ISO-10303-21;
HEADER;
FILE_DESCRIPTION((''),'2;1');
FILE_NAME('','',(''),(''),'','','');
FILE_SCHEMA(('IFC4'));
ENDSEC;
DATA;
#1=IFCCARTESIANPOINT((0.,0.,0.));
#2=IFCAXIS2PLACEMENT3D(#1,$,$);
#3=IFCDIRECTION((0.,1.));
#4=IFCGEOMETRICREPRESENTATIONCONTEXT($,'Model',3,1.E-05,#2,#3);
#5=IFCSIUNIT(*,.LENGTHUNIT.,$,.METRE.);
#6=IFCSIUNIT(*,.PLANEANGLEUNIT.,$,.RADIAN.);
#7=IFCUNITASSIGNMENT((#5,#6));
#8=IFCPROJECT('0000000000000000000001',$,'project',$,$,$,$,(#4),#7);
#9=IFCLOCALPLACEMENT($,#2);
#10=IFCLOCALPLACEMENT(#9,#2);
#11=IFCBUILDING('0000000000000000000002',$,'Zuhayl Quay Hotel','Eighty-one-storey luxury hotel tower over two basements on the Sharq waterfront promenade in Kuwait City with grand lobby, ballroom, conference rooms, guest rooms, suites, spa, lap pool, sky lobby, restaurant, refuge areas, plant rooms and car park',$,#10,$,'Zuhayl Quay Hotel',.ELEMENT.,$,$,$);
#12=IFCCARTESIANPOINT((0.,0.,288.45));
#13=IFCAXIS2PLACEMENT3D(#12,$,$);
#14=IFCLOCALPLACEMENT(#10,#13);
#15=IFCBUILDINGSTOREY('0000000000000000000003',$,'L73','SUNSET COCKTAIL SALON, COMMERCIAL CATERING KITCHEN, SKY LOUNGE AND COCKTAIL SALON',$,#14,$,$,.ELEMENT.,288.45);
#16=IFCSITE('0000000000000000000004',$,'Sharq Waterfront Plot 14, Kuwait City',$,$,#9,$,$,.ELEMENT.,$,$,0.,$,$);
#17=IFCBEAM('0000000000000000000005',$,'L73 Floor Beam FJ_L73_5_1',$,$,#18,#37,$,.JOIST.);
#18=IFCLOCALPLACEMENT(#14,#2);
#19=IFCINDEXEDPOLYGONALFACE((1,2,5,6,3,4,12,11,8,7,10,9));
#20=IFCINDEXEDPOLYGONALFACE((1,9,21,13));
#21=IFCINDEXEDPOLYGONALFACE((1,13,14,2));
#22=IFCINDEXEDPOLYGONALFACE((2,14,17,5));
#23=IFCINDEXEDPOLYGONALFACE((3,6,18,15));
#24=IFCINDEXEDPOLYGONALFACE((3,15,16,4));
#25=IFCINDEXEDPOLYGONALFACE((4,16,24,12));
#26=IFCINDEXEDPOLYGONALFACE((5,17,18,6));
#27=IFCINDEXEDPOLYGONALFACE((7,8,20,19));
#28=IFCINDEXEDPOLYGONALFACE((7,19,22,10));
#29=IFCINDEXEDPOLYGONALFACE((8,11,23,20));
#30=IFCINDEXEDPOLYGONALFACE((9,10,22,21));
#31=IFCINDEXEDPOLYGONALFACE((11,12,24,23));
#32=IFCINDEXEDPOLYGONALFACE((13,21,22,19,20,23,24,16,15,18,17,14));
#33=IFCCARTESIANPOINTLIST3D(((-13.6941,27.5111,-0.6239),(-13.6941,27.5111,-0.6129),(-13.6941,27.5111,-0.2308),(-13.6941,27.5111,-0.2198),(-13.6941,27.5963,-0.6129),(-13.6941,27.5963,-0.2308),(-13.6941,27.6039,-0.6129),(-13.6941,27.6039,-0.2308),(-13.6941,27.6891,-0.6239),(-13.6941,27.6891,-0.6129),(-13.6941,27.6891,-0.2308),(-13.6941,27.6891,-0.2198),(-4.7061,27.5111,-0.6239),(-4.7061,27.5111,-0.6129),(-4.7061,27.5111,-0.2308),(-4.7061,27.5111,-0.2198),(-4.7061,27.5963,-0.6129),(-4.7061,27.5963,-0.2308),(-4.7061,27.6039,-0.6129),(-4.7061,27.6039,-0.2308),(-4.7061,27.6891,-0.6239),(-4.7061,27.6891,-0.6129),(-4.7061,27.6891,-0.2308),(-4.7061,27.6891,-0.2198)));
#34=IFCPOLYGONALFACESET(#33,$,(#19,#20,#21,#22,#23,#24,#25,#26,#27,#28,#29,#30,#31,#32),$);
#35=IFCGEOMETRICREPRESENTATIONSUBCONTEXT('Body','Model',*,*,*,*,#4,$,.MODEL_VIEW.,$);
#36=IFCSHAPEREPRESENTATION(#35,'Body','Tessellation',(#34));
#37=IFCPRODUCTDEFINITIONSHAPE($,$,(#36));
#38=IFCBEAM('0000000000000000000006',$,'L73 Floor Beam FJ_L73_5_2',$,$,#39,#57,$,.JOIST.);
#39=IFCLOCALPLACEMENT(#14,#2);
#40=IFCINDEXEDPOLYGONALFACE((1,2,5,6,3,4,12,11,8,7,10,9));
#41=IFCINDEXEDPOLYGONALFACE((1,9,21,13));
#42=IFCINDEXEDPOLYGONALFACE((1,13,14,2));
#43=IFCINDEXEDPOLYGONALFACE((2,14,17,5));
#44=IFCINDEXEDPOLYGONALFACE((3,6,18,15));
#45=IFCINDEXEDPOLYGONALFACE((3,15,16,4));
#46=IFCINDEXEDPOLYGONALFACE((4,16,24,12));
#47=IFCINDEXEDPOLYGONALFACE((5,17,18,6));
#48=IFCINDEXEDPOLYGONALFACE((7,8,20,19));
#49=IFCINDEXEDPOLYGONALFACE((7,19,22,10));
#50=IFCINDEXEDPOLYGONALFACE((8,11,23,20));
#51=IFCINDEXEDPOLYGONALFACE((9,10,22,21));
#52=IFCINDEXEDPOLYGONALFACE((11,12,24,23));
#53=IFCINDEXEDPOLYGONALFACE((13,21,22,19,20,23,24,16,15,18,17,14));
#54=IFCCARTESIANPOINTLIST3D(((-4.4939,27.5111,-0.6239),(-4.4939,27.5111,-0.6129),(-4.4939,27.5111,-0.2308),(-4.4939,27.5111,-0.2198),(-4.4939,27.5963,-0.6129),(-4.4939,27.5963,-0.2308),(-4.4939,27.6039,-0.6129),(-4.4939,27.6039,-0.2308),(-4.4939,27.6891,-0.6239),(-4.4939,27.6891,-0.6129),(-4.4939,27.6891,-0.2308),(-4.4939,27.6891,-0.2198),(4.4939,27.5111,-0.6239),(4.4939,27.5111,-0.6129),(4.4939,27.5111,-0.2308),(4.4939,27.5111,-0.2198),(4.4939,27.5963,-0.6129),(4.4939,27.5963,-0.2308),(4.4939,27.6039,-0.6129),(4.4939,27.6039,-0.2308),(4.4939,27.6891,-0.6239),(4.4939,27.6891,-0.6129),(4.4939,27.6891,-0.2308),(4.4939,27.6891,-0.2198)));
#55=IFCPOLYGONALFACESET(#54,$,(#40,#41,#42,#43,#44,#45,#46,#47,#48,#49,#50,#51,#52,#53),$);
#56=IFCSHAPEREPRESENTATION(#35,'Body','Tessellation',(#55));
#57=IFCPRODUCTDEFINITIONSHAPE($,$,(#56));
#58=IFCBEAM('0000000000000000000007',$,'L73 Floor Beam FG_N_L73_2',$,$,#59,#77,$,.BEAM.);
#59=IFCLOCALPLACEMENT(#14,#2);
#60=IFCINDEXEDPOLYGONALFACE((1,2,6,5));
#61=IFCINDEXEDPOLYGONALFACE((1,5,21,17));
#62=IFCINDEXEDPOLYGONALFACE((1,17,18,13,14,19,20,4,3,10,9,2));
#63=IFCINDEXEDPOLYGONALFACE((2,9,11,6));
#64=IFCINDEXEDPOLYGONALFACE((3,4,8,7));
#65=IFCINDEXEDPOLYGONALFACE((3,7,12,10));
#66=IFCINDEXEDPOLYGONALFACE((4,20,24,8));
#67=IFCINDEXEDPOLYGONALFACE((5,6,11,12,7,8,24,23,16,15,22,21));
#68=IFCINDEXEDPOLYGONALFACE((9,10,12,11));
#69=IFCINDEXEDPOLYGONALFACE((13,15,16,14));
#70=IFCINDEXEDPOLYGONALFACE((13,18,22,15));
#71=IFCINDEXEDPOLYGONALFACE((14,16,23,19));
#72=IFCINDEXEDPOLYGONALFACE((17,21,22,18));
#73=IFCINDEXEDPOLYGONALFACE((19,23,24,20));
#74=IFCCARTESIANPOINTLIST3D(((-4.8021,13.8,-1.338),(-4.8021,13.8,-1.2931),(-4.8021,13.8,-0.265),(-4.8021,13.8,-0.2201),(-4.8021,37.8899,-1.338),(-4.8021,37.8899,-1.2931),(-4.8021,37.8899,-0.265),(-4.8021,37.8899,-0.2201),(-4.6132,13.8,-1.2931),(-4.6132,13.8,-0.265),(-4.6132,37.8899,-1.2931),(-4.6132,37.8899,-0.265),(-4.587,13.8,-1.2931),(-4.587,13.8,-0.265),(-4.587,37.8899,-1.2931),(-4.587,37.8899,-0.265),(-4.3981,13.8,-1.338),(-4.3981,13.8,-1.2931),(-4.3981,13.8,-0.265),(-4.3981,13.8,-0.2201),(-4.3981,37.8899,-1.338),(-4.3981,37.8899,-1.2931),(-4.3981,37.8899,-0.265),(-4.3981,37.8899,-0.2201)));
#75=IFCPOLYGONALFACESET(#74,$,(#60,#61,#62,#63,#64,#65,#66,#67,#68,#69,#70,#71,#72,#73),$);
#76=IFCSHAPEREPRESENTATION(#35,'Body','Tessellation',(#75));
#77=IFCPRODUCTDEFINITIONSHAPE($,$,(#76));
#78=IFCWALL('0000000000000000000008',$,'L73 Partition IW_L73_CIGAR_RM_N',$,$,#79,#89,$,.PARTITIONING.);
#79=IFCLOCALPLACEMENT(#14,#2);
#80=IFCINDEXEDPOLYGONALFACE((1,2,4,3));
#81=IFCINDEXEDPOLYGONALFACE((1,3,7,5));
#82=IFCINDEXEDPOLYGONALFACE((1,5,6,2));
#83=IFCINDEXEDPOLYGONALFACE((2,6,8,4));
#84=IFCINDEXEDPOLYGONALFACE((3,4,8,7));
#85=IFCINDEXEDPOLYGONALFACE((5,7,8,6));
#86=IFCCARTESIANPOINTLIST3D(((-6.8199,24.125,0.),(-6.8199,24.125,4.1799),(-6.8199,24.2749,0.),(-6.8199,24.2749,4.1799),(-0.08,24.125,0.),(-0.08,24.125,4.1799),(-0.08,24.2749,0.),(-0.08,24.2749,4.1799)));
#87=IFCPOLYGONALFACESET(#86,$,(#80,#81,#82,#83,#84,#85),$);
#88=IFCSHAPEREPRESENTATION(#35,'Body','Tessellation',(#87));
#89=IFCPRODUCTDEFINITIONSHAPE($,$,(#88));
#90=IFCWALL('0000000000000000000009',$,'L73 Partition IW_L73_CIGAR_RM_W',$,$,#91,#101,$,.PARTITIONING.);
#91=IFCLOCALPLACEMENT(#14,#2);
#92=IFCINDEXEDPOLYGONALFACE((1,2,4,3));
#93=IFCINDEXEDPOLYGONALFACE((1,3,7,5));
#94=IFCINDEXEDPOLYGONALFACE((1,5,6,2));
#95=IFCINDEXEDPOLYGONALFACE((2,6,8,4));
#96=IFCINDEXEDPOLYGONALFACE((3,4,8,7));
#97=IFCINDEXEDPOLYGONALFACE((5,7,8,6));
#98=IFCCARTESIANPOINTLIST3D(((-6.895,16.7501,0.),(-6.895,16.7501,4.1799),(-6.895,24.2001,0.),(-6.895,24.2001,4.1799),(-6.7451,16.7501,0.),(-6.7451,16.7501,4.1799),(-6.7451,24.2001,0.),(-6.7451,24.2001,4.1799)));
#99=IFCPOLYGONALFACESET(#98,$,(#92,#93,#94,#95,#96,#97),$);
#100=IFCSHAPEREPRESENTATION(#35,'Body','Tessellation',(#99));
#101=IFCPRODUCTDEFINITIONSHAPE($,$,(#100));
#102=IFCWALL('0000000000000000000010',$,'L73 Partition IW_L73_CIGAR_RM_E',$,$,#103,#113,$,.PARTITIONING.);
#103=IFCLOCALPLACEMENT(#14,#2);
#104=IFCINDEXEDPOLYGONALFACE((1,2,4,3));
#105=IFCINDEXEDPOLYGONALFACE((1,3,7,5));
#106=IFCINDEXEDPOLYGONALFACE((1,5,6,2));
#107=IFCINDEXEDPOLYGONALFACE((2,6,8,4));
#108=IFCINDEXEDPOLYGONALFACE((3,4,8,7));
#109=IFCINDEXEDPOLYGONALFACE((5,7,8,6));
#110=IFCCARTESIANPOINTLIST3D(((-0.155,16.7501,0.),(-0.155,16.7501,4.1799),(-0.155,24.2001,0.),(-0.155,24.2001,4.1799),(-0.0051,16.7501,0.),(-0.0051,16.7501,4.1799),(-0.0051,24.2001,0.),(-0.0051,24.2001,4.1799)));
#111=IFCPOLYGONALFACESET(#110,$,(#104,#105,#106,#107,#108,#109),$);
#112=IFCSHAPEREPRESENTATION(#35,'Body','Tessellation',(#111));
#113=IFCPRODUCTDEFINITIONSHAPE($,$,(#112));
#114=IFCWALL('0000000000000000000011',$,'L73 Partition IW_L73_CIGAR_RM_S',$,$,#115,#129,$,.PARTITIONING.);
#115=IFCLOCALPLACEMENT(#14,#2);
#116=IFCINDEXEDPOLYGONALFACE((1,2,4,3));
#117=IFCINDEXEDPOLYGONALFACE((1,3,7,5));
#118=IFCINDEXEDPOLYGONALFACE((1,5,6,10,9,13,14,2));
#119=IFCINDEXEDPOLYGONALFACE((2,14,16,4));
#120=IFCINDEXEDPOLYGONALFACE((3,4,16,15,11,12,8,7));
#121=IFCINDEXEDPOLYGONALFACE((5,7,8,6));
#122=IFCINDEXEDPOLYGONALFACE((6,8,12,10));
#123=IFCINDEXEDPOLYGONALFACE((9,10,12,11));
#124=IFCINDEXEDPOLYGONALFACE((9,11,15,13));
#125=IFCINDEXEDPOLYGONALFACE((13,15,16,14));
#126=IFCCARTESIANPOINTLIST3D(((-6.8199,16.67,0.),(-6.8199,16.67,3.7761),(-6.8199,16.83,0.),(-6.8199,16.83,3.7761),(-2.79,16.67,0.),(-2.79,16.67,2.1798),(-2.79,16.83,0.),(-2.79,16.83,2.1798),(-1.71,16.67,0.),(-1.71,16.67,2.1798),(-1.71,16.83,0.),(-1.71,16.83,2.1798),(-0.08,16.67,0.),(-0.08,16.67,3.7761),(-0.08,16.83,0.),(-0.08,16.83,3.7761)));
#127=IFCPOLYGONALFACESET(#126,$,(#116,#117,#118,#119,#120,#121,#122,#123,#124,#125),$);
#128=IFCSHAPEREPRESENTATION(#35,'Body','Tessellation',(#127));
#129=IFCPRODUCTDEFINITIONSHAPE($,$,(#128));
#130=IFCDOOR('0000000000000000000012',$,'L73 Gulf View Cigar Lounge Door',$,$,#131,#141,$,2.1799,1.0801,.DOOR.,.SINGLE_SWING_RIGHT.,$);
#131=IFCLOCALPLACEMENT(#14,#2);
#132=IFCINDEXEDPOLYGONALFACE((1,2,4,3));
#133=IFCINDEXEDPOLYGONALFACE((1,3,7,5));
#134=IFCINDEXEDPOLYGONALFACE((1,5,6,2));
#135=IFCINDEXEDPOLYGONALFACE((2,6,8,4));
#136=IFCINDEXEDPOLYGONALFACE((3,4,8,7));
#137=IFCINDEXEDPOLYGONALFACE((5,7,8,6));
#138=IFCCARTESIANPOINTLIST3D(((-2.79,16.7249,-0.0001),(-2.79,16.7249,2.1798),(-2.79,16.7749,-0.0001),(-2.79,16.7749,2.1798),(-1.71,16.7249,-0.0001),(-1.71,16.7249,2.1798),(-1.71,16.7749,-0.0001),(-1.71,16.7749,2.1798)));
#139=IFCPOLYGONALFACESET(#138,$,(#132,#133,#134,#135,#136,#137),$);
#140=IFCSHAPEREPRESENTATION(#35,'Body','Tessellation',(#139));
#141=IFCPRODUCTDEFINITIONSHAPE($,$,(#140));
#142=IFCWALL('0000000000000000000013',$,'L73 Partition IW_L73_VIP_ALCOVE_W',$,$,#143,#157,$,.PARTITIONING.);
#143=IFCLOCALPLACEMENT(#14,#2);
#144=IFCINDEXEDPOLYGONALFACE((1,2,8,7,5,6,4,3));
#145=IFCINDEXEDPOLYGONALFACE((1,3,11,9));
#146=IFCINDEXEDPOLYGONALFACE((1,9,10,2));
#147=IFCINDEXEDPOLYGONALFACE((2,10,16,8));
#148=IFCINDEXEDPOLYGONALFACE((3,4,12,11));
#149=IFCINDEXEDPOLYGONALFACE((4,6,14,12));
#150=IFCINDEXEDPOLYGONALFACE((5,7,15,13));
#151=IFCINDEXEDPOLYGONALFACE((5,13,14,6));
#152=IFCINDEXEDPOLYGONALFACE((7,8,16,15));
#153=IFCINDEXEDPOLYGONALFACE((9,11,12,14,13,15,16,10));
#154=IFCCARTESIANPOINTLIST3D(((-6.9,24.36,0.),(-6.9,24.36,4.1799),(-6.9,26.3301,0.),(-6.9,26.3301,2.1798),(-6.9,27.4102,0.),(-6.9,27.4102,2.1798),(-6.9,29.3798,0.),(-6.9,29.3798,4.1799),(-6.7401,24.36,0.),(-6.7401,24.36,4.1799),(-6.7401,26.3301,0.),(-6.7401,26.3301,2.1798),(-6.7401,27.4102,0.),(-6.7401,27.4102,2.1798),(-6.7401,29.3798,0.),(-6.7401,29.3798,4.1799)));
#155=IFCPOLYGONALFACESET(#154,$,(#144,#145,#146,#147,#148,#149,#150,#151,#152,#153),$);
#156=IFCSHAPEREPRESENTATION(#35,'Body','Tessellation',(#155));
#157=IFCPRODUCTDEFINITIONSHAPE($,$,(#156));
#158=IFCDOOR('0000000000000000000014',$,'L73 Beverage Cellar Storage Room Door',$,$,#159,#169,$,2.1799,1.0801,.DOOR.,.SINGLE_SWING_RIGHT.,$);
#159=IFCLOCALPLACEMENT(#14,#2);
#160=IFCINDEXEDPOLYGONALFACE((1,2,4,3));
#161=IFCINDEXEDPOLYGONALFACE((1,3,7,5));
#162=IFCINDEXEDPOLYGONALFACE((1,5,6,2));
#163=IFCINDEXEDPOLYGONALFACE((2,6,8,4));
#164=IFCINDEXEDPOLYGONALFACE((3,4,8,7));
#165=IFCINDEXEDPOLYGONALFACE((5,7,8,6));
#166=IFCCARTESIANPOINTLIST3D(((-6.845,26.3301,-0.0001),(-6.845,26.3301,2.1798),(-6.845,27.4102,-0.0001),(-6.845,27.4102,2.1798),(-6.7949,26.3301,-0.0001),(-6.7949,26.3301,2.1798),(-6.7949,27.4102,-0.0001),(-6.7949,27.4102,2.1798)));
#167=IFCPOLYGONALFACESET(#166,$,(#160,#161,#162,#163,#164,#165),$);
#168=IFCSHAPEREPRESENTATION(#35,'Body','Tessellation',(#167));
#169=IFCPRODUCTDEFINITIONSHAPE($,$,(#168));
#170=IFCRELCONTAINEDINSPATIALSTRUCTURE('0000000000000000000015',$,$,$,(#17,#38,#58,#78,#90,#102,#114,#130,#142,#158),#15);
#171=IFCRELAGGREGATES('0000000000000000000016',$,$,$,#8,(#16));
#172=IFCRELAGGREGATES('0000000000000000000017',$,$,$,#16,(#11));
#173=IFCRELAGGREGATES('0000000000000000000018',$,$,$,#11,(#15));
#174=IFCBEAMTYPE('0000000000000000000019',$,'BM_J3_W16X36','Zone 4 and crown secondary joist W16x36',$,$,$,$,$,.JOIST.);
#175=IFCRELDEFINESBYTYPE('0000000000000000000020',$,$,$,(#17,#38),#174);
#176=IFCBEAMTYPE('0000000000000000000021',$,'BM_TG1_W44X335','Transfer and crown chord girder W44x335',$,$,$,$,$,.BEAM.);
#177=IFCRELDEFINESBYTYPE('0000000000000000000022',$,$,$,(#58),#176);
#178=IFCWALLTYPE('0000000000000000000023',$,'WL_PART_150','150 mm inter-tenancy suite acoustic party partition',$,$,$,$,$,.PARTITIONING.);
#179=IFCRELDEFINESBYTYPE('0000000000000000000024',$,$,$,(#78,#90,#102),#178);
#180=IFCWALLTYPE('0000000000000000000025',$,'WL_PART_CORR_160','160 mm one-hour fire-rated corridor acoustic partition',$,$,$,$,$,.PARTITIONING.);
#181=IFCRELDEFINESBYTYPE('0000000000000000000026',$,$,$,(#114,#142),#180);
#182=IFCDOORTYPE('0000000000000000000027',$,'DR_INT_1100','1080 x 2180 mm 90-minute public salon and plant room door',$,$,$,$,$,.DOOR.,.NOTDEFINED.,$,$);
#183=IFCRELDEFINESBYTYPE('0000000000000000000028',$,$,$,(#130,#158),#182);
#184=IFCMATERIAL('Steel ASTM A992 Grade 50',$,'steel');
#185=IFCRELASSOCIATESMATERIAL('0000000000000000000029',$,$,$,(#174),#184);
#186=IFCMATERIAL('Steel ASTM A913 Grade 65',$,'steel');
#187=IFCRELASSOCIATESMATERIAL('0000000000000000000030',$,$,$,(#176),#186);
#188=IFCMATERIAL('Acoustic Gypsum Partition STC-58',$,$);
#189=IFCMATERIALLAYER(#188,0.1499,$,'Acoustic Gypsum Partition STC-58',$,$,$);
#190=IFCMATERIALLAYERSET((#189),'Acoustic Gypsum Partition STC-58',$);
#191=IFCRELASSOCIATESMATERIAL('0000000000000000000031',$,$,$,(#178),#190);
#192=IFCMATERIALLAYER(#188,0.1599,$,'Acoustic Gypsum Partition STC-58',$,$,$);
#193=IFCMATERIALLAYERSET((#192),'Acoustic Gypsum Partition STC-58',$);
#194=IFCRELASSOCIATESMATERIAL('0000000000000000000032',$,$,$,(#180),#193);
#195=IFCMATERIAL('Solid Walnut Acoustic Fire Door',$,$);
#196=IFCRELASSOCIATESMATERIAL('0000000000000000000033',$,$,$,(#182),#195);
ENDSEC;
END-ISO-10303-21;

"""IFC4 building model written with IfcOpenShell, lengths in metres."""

from ifc_helpers import new_model, si_unit, direction, frame, frame_2d, origin, origin_2d, place, context, subcontext, project, spatial, rectangle, i_section, extrude, material, layer, layer_set, material_profile, profile_set, type_object, element, fill, save


model = new_model("IFC4")

# Units and contexts
model_context = context("Model", 3, precision=1e-05, world=origin(), true_north=direction((0.0, 1.0)))
body_context = subcontext(model_context, "Body", "Model", "MODEL_VIEW")
ifc_project = project(units=[si_unit("LENGTHUNIT", "METRE"), si_unit("PLANEANGLEUNIT", "RADIAN")], contexts=[model_context])

# Site, building, storey
site_placement = place(None, origin())
site = spatial("IfcSite", under=ifc_project, at=site_placement, Name="Sharq Waterfront Plot 14, Kuwait City", CompositionType="ELEMENT", RefElevation=0.0)
building_placement = place(site_placement, origin())
building = spatial("IfcBuilding", under=site, at=building_placement, Name="Zuhayl Quay Hotel", Description="Eighty-one-storey luxury hotel tower over two basements on the Sharq waterfront promenade in Kuwait City with grand lobby, ballroom, conference rooms, guest rooms, suites, spa, lap pool, sky lobby, restaurant, refuge areas, plant rooms and car park", LongName="Zuhayl Quay Hotel", CompositionType="ELEMENT")
storey_placement = place(building_placement, frame((0.0, 0.0, 288.45)))
storey = spatial("IfcBuildingStorey", under=building, at=storey_placement, Name="L73", Description="SUNSET COCKTAIL SALON, COMMERCIAL CATERING KITCHEN, SKY LOUNGE AND COCKTAIL SALON", CompositionType="ELEMENT", Elevation=288.45)

# Beams
ifc_material_1 = material(Name="Steel ASTM A992 Grade 50", Category="steel")
ifc_material_profile_1 = material_profile(ifc_material_1, i_section(OverallWidth=0.178, OverallDepth=0.4041, WebThickness=0.0076, FlangeThickness=0.011, at=origin_2d()), Name="W16X36")
ifc_profile_set_1 = profile_set([ifc_material_profile_1], Name="Steel ASTM A992 Grade 50")
beam_type_1 = type_object("IfcBeamType", Name="BM_J3_W16X36", Description="Zone 4 and crown secondary joist W16x36", PredefinedType="JOIST", material=ifc_profile_set_1)
beam_1_placement = place(storey_placement, frame((-13.6941, 27.6001, -0.4219), z_axis=(1.0, 0.0, 0.0), x_axis=(0.0, 1.0, 0.0)))
element("IfcBeam", 1, at=beam_1_placement, inside=storey, type_object=beam_type_1, Name="L73 Floor Beam FJ_L73_5_1", PredefinedType="JOIST", context=body_context, shape_type="SweptSolid", body=[
    extrude(i_section(OverallWidth=0.178, OverallDepth=0.4041, WebThickness=0.0076, FlangeThickness=0.011, at=origin_2d()), origin(), (0.0, 0.0, 1.0), 8.988),
])
beam_2_placement = place(storey_placement, frame((-4.4939, 27.6001, -0.4219), z_axis=(1.0, 0.0, 0.0), x_axis=(0.0, 1.0, 0.0)))
element("IfcBeam", 2, at=beam_2_placement, inside=storey, type_object=beam_type_1, Name="L73 Floor Beam FJ_L73_5_2", PredefinedType="JOIST", context=body_context, shape_type="SweptSolid", body=[
    extrude(i_section(OverallWidth=0.178, OverallDepth=0.4041, WebThickness=0.0076, FlangeThickness=0.011, at=origin_2d()), origin(), (0.0, 0.0, 1.0), 8.9878),
])
ifc_material_2 = material(Name="Steel ASTM A913 Grade 65", Category="steel")
ifc_material_profile_2 = material_profile(ifc_material_2, i_section(OverallWidth=0.4041, OverallDepth=1.1179, WebThickness=0.0261, FlangeThickness=0.0449, at=origin_2d()), Name="W44X335")
ifc_profile_set_2 = profile_set([ifc_material_profile_2], Name="Steel ASTM A913 Grade 65")
beam_type_2 = type_object("IfcBeamType", Name="BM_TG1_W44X335", Description="Transfer and crown chord girder W44x335", PredefinedType="BEAM", material=ifc_profile_set_2)
beam_3_placement = place(storey_placement, frame((-4.6001, 13.8, -0.7791), z_axis=(0.0, 1.0, 0.0), x_axis=(-1.0, 0.0, 0.0)))
element("IfcBeam", 3, at=beam_3_placement, inside=storey, type_object=beam_type_2, Name="L73 Floor Beam FG_N_L73_2", PredefinedType="BEAM", context=body_context, shape_type="SweptSolid", body=[
    extrude(i_section(OverallWidth=0.4041, OverallDepth=1.1179, WebThickness=0.0261, FlangeThickness=0.0449, at=origin_2d()), origin(), (0.0, 0.0, 1.0), 24.0898),
])

# Walls
ifc_material_3 = material(Name="Acoustic Gypsum Partition STC-58")
ifc_layer_1 = layer(ifc_material_3, 0.1499, Name="Acoustic Gypsum Partition STC-58")
ifc_layer_set_1 = layer_set([ifc_layer_1], Name="Acoustic Gypsum Partition STC-58")
wall_type_1 = type_object("IfcWallType", Name="WL_PART_150", Description="150 mm inter-tenancy suite acoustic party partition", PredefinedType="PARTITIONING", material=ifc_layer_set_1)
wall_1_placement = place(storey_placement, frame((-6.8201, 24.2, 0.0), z_axis=(0.0, 0.0, 1.0), x_axis=(1.0, 0.0, 0.0)))
element("IfcWall", 4, at=wall_1_placement, inside=storey, type_object=wall_type_1, Name="L73 Partition IW_L73_CIGAR_RM_N", PredefinedType="PARTITIONING", context=body_context, shape_type="SweptSolid", body=[
    extrude(rectangle(XDim=6.74, YDim=0.1499, at=frame_2d((3.3701, 0.0))), origin(), (0.0, 0.0, 1.0), 4.1799),
])
for number, where, z_axis, x_axis, name in (
    (5, (-6.8201, 16.75, 0.0), (0.0, 0.0, 1.0), (0.0, 1.0, 0.0), "L73 Partition IW_L73_CIGAR_RM_W"),
    (6, (-0.0801, 16.75, 0.0), (0.0, 0.0, 1.0), (0.0, 1.0, 0.0), "L73 Partition IW_L73_CIGAR_RM_E"),
):
    element("IfcWall", number, at=place(storey_placement, frame(where, z_axis=z_axis, x_axis=x_axis)), inside=storey, type_object=wall_type_1, Name=name, PredefinedType="PARTITIONING", context=body_context, shape_type="SweptSolid", body=[
        extrude(rectangle(XDim=7.45, YDim=0.1499, at=frame_2d((3.7251, 0.0))), origin(), (0.0, 0.0, 1.0), 4.1799),
    ])

# Walls, openings, doors
ifc_layer_2 = layer(ifc_material_3, 0.1599, Name="Acoustic Gypsum Partition STC-58")
ifc_layer_set_2 = layer_set([ifc_layer_2], Name="Acoustic Gypsum Partition STC-58")
wall_type_2 = type_object("IfcWallType", Name="WL_PART_CORR_160", Description="160 mm one-hour fire-rated corridor acoustic partition", PredefinedType="PARTITIONING", material=ifc_layer_set_2)
wall_2_placement = place(storey_placement, frame((-6.8201, 16.75, 0.0), z_axis=(0.0, 0.0, 1.0), x_axis=(1.0, 0.0, 0.0)))
wall_2 = element("IfcWall", 7, at=wall_2_placement, inside=storey, type_object=wall_type_2, Name="L73 Partition IW_L73_CIGAR_RM_S", PredefinedType="PARTITIONING", context=body_context, shape_type="SweptSolid", body=[
    extrude(rectangle(XDim=6.74, YDim=0.1599, at=frame_2d((3.3701, 0.0))), origin(), (0.0, 0.0, 1.0), 3.7761),
])
opening_1_placement = place(wall_2_placement, frame((4.03, 0.0, 0.0)))
opening_1 = element("IfcOpeningElement", 8, at=opening_1_placement, cuts=wall_2, PredefinedType="OPENING", context=body_context, shape_type="SweptSolid", body=[
    extrude(rectangle(XDim=1.0801, YDim=2.1799, at=frame_2d((0.54, 1.0898))), frame((0.0, 0.0898, 0.0), z_axis=(0.0, -1.0, 0.0), x_axis=(1.0, 0.0, 0.0)), (0.0, 0.0, 1.0), 0.1799),
])
ifc_material_4 = material(Name="Solid Walnut Acoustic Fire Door")
door_type = type_object("IfcDoorType", Name="DR_INT_1100", Description="1080 x 2180 mm 90-minute public salon and plant room door", OperationType="NOTDEFINED", PredefinedType="DOOR", material=ifc_material_4)
door_1_placement = place(opening_1_placement, origin())
door_1 = element("IfcDoor", 9, at=door_1_placement, inside=storey, type_object=door_type, Name="L73 Gulf View Cigar Lounge Door", OperationType="SINGLE_SWING_RIGHT", OverallHeight=2.1799, OverallWidth=1.0801, PredefinedType="DOOR", context=body_context, shape_type="SweptSolid", body=[
    extrude(rectangle(XDim=1.0801, YDim=2.1799, at=frame_2d((0.54, 1.0898))), frame((0.0, 0.0249, 0.0), z_axis=(0.0, -1.0, 0.0), x_axis=(1.0, 0.0, 0.0)), (0.0, 0.0, 1.0), 0.05),
])
fill(opening_1, door_1)
wall_3_placement = place(storey_placement, frame((-6.8201, 24.3601, 0.0), z_axis=(0.0, 0.0, 1.0), x_axis=(0.0, 1.0, 0.0)))
wall_3 = element("IfcWall", 10, at=wall_3_placement, inside=storey, type_object=wall_type_2, Name="L73 Partition IW_L73_VIP_ALCOVE_W", PredefinedType="PARTITIONING", context=body_context, shape_type="SweptSolid", body=[
    extrude(rectangle(XDim=5.0198, YDim=0.1599, at=frame_2d((2.5098, 0.0))), origin(), (0.0, 0.0, 1.0), 4.1799),
])
opening_2_placement = place(wall_3_placement, frame((1.97, 0.0, 0.0)))
opening_2 = element("IfcOpeningElement", 11, at=opening_2_placement, cuts=wall_3, PredefinedType="OPENING", context=body_context, shape_type="SweptSolid", body=[
    extrude(rectangle(XDim=1.0801, YDim=2.1799, at=frame_2d((0.54, 1.0898))), frame((0.0, 0.0898, 0.0), z_axis=(0.0, -1.0, 0.0), x_axis=(1.0, 0.0, 0.0)), (0.0, 0.0, 1.0), 0.1799),
])
door_2_placement = place(opening_2_placement, origin())
door_2 = element("IfcDoor", 12, at=door_2_placement, inside=storey, type_object=door_type, Name="L73 Beverage Cellar Storage Room Door", OperationType="SINGLE_SWING_RIGHT", OverallHeight=2.1799, OverallWidth=1.0801, PredefinedType="DOOR", context=body_context, shape_type="SweptSolid", body=[
    extrude(rectangle(XDim=1.0801, YDim=2.1799, at=frame_2d((0.54, 1.0898))), frame((0.0, 0.0249, 0.0), z_axis=(0.0, -1.0, 0.0), x_axis=(1.0, 0.0, 0.0)), (0.0, 0.0, 1.0), 0.05),
])
fill(opening_2, door_2)

save(model, "model.ifc")
